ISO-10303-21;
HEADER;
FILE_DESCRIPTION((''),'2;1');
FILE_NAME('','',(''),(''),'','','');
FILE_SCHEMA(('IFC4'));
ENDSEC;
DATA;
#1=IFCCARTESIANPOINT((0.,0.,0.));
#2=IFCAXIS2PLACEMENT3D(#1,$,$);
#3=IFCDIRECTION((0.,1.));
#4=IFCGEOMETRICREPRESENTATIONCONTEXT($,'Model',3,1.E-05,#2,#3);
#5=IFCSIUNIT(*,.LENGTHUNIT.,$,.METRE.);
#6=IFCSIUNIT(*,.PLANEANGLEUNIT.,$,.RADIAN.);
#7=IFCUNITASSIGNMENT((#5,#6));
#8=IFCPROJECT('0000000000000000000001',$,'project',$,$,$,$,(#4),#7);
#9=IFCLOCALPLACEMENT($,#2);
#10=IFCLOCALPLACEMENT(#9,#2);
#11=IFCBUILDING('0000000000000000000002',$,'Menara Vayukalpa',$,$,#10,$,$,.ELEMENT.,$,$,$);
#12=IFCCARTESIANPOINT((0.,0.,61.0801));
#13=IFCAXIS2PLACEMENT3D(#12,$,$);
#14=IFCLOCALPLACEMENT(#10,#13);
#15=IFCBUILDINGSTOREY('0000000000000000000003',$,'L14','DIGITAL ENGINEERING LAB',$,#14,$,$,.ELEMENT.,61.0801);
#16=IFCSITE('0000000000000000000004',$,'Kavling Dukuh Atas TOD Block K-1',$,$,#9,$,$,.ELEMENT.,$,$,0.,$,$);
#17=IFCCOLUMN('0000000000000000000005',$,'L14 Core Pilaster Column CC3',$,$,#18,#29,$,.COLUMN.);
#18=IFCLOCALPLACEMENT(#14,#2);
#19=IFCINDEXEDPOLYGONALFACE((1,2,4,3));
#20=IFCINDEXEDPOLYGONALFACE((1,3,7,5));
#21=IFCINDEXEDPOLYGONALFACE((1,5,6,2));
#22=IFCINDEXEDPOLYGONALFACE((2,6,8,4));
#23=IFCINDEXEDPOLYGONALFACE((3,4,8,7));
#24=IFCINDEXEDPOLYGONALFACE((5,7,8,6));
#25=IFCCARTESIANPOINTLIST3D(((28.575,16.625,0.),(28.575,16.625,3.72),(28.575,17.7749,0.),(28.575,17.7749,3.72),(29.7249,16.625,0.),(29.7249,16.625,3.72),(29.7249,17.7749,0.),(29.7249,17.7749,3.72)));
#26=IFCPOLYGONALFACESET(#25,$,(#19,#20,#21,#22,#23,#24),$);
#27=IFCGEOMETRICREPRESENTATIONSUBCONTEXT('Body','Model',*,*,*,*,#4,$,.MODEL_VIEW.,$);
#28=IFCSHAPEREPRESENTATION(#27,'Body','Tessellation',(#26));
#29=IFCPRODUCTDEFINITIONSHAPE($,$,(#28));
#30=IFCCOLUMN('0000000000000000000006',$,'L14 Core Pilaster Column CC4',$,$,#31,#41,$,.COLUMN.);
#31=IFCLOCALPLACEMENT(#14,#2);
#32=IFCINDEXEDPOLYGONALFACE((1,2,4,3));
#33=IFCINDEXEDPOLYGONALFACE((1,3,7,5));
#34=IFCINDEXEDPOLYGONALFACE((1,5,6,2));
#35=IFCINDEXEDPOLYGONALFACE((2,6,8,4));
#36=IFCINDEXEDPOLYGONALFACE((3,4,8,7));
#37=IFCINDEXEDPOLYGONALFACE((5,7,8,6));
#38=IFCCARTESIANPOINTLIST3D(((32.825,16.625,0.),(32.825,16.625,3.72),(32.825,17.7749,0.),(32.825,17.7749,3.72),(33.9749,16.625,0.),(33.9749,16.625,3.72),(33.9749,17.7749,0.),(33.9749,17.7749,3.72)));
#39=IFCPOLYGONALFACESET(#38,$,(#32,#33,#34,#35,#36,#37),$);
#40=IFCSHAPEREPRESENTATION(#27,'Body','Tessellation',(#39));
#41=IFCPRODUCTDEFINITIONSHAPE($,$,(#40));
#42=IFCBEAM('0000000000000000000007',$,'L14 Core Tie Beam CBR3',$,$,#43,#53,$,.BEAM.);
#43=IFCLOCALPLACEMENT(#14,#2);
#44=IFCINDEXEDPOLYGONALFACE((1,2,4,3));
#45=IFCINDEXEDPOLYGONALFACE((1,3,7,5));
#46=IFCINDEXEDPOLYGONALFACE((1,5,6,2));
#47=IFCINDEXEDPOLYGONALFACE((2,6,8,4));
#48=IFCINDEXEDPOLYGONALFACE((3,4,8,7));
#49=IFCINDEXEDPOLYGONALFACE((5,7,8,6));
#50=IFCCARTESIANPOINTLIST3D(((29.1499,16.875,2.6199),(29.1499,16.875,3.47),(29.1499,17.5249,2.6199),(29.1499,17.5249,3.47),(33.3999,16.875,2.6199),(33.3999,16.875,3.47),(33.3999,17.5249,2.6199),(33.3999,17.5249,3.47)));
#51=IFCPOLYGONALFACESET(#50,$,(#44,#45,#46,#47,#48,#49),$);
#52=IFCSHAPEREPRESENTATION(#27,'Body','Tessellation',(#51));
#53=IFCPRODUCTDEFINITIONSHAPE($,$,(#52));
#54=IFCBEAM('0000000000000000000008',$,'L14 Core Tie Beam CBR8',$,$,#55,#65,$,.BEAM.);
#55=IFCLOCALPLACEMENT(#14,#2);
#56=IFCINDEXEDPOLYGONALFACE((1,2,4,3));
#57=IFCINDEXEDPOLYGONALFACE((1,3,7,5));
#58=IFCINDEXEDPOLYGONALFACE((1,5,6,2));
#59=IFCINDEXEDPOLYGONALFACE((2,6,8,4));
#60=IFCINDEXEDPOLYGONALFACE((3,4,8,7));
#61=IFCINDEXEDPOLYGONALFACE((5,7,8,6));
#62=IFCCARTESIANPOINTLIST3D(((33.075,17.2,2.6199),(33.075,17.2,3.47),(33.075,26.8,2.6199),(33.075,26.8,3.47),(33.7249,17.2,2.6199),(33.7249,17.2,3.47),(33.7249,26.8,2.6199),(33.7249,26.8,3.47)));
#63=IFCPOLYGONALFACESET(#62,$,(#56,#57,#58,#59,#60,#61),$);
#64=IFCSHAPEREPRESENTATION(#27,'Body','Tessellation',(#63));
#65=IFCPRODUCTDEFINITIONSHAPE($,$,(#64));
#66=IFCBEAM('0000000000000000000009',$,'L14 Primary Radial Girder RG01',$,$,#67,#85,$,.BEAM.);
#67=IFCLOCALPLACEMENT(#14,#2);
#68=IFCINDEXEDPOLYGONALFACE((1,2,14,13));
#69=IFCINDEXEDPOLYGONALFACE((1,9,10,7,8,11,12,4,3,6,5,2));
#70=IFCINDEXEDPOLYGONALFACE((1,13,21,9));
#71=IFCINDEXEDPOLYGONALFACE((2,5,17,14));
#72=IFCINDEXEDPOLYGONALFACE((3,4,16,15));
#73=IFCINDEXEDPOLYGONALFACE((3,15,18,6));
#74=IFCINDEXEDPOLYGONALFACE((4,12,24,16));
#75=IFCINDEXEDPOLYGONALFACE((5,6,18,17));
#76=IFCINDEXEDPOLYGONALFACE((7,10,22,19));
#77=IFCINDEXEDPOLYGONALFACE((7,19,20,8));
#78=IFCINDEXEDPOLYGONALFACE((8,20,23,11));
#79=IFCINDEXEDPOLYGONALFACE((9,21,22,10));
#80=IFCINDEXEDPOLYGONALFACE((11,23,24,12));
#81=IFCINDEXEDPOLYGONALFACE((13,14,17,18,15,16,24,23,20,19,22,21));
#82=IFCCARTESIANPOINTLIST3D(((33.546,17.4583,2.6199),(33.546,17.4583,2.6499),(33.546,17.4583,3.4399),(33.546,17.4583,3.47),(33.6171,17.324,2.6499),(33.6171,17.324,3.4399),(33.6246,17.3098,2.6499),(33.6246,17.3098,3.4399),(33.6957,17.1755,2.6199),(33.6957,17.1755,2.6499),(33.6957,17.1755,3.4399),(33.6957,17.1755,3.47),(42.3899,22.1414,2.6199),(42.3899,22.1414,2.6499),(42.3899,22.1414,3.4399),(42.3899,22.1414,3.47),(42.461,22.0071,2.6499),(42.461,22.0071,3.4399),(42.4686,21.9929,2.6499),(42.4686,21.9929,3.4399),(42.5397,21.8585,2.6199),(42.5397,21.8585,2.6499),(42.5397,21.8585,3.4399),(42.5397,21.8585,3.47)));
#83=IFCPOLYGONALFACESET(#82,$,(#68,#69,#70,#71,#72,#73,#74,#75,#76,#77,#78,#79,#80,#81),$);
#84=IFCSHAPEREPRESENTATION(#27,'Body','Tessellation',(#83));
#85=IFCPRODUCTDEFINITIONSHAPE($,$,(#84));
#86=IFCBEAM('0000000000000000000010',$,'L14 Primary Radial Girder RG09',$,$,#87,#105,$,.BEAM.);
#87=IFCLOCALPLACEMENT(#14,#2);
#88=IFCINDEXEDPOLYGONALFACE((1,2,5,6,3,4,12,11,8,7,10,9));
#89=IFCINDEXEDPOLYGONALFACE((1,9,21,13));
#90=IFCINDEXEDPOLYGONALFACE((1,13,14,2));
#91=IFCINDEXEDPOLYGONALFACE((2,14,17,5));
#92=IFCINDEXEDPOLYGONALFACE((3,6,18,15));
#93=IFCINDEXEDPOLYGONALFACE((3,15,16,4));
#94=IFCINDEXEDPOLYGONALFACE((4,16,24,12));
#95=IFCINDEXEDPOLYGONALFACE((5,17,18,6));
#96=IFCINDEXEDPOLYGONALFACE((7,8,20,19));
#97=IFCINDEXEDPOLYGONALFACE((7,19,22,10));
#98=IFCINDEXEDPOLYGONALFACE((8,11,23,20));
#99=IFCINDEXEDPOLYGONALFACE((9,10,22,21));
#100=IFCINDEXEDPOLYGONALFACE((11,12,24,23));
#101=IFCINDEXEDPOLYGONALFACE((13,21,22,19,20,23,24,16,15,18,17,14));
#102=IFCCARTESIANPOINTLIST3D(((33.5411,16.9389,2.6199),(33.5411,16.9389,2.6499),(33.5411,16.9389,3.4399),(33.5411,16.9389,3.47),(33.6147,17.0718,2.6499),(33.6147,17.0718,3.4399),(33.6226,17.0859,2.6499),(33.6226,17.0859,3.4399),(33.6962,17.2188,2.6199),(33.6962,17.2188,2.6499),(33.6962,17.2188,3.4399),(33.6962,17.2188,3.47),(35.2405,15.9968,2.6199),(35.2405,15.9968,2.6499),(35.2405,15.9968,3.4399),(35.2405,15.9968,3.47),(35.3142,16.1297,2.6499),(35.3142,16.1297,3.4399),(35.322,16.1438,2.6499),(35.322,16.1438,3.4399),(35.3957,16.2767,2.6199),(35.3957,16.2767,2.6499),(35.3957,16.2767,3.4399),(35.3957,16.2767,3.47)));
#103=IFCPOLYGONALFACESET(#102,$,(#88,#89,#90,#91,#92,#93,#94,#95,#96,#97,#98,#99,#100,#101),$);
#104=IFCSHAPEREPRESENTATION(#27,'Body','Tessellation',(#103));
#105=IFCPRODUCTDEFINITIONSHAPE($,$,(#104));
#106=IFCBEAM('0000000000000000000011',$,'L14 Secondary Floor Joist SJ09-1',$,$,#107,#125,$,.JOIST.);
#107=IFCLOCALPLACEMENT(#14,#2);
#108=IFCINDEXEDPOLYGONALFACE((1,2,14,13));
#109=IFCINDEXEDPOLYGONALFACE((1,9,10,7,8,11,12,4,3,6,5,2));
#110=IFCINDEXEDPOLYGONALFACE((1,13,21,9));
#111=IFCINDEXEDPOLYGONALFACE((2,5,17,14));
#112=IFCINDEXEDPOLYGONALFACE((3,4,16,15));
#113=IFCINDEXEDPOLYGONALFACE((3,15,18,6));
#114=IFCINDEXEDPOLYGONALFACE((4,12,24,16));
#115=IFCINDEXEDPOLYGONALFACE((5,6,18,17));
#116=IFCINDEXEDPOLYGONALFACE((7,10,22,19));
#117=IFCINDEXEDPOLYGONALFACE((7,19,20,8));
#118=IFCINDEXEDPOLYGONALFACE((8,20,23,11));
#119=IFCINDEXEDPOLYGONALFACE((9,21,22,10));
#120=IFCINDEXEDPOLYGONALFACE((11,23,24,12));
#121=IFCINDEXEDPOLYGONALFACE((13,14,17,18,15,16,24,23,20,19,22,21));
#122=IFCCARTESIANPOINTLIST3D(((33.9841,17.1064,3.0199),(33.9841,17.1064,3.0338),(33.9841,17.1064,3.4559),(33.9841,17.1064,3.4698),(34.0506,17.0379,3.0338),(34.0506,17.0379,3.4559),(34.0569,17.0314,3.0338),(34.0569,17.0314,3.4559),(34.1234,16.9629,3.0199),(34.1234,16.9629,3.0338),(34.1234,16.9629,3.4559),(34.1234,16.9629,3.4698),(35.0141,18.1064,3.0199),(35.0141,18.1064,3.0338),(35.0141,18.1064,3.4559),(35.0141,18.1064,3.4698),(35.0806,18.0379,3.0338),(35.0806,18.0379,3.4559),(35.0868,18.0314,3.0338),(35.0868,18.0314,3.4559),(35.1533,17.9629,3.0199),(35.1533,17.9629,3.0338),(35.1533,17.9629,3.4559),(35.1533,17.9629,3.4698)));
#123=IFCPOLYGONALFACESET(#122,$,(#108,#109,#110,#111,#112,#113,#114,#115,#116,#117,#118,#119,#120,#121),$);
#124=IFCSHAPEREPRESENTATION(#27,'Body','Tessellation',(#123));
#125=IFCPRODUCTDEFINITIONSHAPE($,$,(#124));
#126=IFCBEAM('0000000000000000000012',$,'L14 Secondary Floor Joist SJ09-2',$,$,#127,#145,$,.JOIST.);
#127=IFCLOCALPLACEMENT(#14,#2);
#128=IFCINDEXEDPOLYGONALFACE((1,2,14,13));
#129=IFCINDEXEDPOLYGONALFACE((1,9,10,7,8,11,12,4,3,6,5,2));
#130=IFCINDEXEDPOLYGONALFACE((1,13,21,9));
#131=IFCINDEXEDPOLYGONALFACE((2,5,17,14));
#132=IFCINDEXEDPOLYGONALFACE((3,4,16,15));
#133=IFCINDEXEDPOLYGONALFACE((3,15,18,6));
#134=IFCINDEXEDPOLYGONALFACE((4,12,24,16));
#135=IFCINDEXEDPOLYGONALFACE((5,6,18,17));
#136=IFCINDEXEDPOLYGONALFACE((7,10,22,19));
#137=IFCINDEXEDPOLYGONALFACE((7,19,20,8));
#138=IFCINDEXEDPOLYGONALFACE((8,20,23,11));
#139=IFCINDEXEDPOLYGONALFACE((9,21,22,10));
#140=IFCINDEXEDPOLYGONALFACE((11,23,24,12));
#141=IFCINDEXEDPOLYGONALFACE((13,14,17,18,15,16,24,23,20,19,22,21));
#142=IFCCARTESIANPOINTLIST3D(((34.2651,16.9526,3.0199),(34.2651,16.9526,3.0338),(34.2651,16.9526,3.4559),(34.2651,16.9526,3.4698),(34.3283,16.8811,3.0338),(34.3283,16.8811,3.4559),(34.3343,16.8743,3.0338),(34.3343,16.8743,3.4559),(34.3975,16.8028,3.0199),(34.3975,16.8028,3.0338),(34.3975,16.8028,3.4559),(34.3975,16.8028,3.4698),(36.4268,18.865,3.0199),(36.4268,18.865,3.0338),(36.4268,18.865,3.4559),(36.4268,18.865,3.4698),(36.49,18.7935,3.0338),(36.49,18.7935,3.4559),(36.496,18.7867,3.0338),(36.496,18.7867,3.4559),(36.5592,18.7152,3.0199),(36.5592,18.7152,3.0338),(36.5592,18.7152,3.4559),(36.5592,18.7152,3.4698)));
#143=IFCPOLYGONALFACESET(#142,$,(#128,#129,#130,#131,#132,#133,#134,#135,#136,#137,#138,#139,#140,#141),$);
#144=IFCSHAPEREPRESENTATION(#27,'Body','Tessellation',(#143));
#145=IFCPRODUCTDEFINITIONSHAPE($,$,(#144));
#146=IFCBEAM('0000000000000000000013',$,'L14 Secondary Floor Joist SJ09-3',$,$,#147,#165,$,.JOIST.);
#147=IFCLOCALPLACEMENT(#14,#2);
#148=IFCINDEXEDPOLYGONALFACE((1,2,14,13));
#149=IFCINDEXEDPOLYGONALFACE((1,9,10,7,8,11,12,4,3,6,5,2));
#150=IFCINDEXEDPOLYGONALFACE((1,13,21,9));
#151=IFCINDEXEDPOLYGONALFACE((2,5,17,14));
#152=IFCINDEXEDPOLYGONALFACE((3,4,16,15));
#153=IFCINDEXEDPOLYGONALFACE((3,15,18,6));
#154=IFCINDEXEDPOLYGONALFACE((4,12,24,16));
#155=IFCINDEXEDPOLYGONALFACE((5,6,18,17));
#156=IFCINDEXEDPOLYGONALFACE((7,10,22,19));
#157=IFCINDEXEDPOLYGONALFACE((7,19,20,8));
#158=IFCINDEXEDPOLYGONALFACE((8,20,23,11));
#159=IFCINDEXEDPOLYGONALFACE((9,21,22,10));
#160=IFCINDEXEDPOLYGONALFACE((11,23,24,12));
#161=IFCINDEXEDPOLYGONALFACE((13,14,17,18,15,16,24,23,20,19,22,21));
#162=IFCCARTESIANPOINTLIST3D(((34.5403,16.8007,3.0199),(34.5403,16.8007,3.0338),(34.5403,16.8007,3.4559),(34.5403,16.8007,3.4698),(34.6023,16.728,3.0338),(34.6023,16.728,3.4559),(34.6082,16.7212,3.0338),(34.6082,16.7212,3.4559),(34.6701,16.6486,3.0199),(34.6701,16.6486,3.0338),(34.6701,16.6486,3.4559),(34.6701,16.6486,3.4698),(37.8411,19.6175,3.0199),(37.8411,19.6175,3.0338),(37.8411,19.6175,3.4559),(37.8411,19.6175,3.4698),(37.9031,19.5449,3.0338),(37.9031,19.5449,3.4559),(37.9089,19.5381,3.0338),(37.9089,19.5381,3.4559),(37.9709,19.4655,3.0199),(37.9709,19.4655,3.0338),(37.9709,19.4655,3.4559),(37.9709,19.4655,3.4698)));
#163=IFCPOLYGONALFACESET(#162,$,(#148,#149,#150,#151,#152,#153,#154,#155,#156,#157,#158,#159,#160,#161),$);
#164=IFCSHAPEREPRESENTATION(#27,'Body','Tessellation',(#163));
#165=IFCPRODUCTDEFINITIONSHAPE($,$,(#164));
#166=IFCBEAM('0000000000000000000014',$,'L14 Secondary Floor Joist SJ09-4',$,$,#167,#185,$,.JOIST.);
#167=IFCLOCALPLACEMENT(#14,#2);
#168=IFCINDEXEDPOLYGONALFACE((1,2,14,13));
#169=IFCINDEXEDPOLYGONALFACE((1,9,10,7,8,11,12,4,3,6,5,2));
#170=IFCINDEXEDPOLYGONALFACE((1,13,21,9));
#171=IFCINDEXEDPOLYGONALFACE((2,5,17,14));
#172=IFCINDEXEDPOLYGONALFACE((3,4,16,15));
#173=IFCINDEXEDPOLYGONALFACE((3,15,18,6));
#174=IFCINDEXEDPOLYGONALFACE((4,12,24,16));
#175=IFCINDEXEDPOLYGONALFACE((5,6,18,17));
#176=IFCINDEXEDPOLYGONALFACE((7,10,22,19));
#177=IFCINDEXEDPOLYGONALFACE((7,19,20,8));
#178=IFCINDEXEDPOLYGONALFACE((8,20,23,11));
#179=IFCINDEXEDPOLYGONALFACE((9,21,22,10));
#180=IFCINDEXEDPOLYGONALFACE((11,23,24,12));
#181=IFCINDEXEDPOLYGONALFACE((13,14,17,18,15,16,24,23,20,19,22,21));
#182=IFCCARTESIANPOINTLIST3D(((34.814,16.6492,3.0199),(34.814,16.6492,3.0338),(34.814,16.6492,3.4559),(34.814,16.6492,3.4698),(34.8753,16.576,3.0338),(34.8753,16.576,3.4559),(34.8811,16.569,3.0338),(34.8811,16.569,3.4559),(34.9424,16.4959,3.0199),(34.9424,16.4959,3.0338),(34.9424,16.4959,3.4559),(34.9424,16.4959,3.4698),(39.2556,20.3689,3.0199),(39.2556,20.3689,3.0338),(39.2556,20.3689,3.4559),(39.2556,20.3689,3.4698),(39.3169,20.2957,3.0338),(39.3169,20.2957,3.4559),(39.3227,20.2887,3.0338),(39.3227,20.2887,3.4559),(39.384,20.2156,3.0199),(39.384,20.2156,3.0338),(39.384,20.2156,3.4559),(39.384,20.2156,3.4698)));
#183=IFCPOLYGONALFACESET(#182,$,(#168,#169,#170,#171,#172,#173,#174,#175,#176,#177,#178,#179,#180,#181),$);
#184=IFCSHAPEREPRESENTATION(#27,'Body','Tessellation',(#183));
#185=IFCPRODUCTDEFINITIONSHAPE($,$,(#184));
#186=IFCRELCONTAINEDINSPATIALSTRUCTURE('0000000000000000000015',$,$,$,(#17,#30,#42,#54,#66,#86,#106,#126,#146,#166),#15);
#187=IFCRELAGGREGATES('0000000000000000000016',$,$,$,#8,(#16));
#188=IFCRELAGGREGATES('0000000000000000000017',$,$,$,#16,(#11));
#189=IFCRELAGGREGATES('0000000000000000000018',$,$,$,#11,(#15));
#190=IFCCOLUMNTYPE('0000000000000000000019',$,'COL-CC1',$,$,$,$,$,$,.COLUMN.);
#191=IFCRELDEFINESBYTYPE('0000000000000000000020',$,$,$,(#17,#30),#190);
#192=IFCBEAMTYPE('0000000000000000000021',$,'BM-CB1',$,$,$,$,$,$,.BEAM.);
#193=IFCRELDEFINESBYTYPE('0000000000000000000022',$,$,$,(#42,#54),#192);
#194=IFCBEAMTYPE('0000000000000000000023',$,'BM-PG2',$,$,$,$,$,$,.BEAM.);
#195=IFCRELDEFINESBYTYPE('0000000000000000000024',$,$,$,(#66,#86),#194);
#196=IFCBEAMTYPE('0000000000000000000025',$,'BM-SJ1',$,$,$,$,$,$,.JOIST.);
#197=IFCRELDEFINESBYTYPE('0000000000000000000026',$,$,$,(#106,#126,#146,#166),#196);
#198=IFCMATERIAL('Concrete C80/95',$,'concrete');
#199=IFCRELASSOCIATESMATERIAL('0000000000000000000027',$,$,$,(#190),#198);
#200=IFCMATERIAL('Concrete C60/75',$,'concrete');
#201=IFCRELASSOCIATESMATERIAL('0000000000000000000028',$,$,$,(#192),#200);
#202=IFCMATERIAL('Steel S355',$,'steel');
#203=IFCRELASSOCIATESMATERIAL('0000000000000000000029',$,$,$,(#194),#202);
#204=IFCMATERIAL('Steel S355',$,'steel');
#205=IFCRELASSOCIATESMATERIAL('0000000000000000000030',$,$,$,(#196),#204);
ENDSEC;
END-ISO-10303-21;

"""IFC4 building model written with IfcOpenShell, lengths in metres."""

from ifc_helpers import new_model, si_unit, direction, frame, origin, origin_2d, place, context, subcontext, project, spatial, rectangle, i_section, extrude, material, material_profile, profile_set, type_object, element, save


model = new_model("IFC4")

# Units and contexts
model_context = context("Model", 3, precision=1e-05, world=origin(), true_north=direction((0.0, 1.0)))
body_context = subcontext(model_context, "Body", "Model", "MODEL_VIEW")
ifc_project = project(units=[si_unit("LENGTHUNIT", "METRE"), si_unit("PLANEANGLEUNIT", "RADIAN")], contexts=[model_context])

# Site, building, storey
site_placement = place(None, origin())
site = spatial("IfcSite", under=ifc_project, at=site_placement, Name="Kavling Dukuh Atas TOD Block K-1", CompositionType="ELEMENT", RefElevation=0.0)
building_placement = place(site_placement, origin())
building = spatial("IfcBuilding", under=site, at=building_placement, Name="Menara Vayukalpa", CompositionType="ELEMENT")
storey_placement = place(building_placement, frame((0.0, 0.0, 61.0801)))
storey = spatial("IfcBuildingStorey", under=building, at=storey_placement, Name="L14", Description="DIGITAL ENGINEERING LAB", CompositionType="ELEMENT", Elevation=61.0801)

# Columns
ifc_material_1 = material(Name="Concrete C80/95", Category="concrete")
ifc_material_profile_1 = material_profile(ifc_material_1, rectangle(XDim=1.1499, YDim=1.1499, at=origin_2d()), Name="RC 1150x1150")
ifc_profile_set_1 = profile_set([ifc_material_profile_1], Name="Concrete C80/95")
column_type = type_object("IfcColumnType", Name="COL-CC1", PredefinedType="COLUMN", material=ifc_profile_set_1)
for number, where, z_axis, x_axis, name in (
    (1, (29.1499, 17.2, 0.0), (0.0, 0.0, 1.0), (1.0, 0.0, 0.0), "L14 Core Pilaster Column CC3"),
    (2, (33.3999, 17.2, 0.0), (0.0, 0.0, 1.0), (1.0, 0.0, 0.0), "L14 Core Pilaster Column CC4"),
):
    element("IfcColumn", number, at=place(storey_placement, frame(where, z_axis=z_axis, x_axis=x_axis)), inside=storey, type_object=column_type, Name=name, PredefinedType="COLUMN", context=body_context, shape_type="SweptSolid", body=[
        extrude(rectangle(XDim=1.1499, YDim=1.1499, at=origin_2d()), origin(), (0.0, 0.0, 1.0), 3.72),
    ])

# Beams
ifc_material_2 = material(Name="Concrete C60/75", Category="concrete")
ifc_material_profile_2 = material_profile(ifc_material_2, rectangle(XDim=0.6499, YDim=0.8501, at=origin_2d()), Name="RC 650x850")
ifc_profile_set_2 = profile_set([ifc_material_profile_2], Name="Concrete C60/75")
beam_type_1 = type_object("IfcBeamType", Name="BM-CB1", PredefinedType="BEAM", material=ifc_profile_set_2)
beam_1_placement = place(storey_placement, frame((29.1499, 17.2, 3.0449), z_axis=(1.0, 0.0, 0.0), x_axis=(0.0, 1.0, 0.0)))
element("IfcBeam", 3, at=beam_1_placement, inside=storey, type_object=beam_type_1, Name="L14 Core Tie Beam CBR3", PredefinedType="BEAM", context=body_context, shape_type="SweptSolid", body=[
    extrude(rectangle(XDim=0.6499, YDim=0.8501, at=origin_2d()), origin(), (0.0, 0.0, 1.0), 4.25),
])
beam_2_placement = place(storey_placement, frame((33.3999, 17.2, 3.0449), z_axis=(0.0, 1.0, 0.0), x_axis=(-1.0, 0.0, 0.0)))
element("IfcBeam", 4, at=beam_2_placement, inside=storey, type_object=beam_type_1, Name="L14 Core Tie Beam CBR8", PredefinedType="BEAM", context=body_context, shape_type="SweptSolid", body=[
    extrude(rectangle(XDim=0.6499, YDim=0.8501, at=origin_2d()), origin(), (0.0, 0.0, 1.0), 9.6001),
])
ifc_material_3 = material(Name="Steel S355", Category="steel")
ifc_material_profile_3 = material_profile(ifc_material_3, i_section(OverallWidth=0.3201, OverallDepth=0.8501, WebThickness=0.0161, FlangeThickness=0.03, at=origin_2d()), Name="WF 850x320x16x30")
ifc_profile_set_3 = profile_set([ifc_material_profile_3], Name="Steel S355")
beam_type_2 = type_object("IfcBeamType", Name="BM-PG2", PredefinedType="BEAM", material=ifc_profile_set_3)
beam_3_placement = place(storey_placement, frame((33.6208, 17.3169, 3.0449), z_axis=(0.883747, 0.467965, 0.0), x_axis=(-0.467965, 0.883747, 0.0)))
element("IfcBeam", 5, at=beam_3_placement, inside=storey, type_object=beam_type_2, Name="L14 Primary Radial Girder RG01", PredefinedType="BEAM", context=body_context, shape_type="SweptSolid", body=[
    extrude(i_section(OverallWidth=0.3201, OverallDepth=0.8501, WebThickness=0.0161, FlangeThickness=0.03, at=origin_2d()), origin(), (0.0, 0.0, 1.0), 10.0073),
])
beam_4_placement = place(storey_placement, frame((33.6187, 17.0789, 3.0449), z_axis=(0.874595, -0.484853, 0.0), x_axis=(0.484853, 0.874595, 0.0)))
element("IfcBeam", 6, at=beam_4_placement, inside=storey, type_object=beam_type_2, Name="L14 Primary Radial Girder RG09", PredefinedType="BEAM", context=body_context, shape_type="SweptSolid", body=[
    extrude(i_section(OverallWidth=0.3201, OverallDepth=0.8501, WebThickness=0.0161, FlangeThickness=0.03, at=origin_2d()), origin(), (0.0, 0.0, 1.0), 1.9431),
])
ifc_material_4 = material(Name="Steel S355", Category="steel")
ifc_material_profile_4 = material_profile(ifc_material_4, i_section(OverallWidth=0.2, OverallDepth=0.45, WebThickness=0.009, FlangeThickness=0.0139, at=origin_2d()), Name="WF 450x200x9x14")
ifc_profile_set_4 = profile_set([ifc_material_profile_4], Name="Steel S355")
beam_type_3 = type_object("IfcBeamType", Name="BM-SJ1", PredefinedType="JOIST", material=ifc_profile_set_4)
beam_5_placement = place(storey_placement, frame((34.0537, 17.0347, 3.2449), z_axis=(0.717488, 0.696571, 0.0), x_axis=(-0.696571, 0.717488, 0.0)))
element("IfcBeam", 7, at=beam_5_placement, inside=storey, type_object=beam_type_3, Name="L14 Secondary Floor Joist SJ09-1", PredefinedType="JOIST", context=body_context, shape_type="SweptSolid", body=[
    extrude(i_section(OverallWidth=0.2, OverallDepth=0.45, WebThickness=0.009, FlangeThickness=0.0139, at=origin_2d()), origin(), (0.0, 0.0, 1.0), 1.4355),
])
beam_6_placement = place(storey_placement, frame((34.3313, 16.8777, 3.2449), z_axis=(0.748971, 0.662603, 0.0), x_axis=(-0.662603, 0.748971, 0.0)))
element("IfcBeam", 8, at=beam_6_placement, inside=storey, type_object=beam_type_3, Name="L14 Secondary Floor Joist SJ09-2", PredefinedType="JOIST", context=body_context, shape_type="SweptSolid", body=[
    extrude(i_section(OverallWidth=0.2, OverallDepth=0.45, WebThickness=0.009, FlangeThickness=0.0139, at=origin_2d()), origin(), (0.0, 0.0, 1.0), 2.8862),
])
beam_7_placement = place(storey_placement, frame((34.6052, 16.7246, 3.2449), z_axis=(0.760661, 0.64915, 0.0), x_axis=(-0.64915, 0.760661, 0.0)))
element("IfcBeam", 9, at=beam_7_placement, inside=storey, type_object=beam_type_3, Name="L14 Secondary Floor Joist SJ09-3", PredefinedType="JOIST", context=body_context, shape_type="SweptSolid", body=[
    extrude(i_section(OverallWidth=0.2, OverallDepth=0.45, WebThickness=0.009, FlangeThickness=0.0139, at=origin_2d()), origin(), (0.0, 0.0, 1.0), 4.3394),
])
beam_8_placement = place(storey_placement, frame((34.8782, 16.5725, 3.2449), z_axis=(0.766661, 0.642052, 0.0), x_axis=(-0.642052, 0.766661, 0.0)))
element("IfcBeam", 10, at=beam_8_placement, inside=storey, type_object=beam_type_3, Name="L14 Secondary Floor Joist SJ09-4", PredefinedType="JOIST", context=body_context, shape_type="SweptSolid", body=[
    extrude(i_section(OverallWidth=0.2, OverallDepth=0.45, WebThickness=0.009, FlangeThickness=0.0139, at=origin_2d()), origin(), (0.0, 0.0, 1.0), 5.7935),
])

save(model, "model.ifc")
